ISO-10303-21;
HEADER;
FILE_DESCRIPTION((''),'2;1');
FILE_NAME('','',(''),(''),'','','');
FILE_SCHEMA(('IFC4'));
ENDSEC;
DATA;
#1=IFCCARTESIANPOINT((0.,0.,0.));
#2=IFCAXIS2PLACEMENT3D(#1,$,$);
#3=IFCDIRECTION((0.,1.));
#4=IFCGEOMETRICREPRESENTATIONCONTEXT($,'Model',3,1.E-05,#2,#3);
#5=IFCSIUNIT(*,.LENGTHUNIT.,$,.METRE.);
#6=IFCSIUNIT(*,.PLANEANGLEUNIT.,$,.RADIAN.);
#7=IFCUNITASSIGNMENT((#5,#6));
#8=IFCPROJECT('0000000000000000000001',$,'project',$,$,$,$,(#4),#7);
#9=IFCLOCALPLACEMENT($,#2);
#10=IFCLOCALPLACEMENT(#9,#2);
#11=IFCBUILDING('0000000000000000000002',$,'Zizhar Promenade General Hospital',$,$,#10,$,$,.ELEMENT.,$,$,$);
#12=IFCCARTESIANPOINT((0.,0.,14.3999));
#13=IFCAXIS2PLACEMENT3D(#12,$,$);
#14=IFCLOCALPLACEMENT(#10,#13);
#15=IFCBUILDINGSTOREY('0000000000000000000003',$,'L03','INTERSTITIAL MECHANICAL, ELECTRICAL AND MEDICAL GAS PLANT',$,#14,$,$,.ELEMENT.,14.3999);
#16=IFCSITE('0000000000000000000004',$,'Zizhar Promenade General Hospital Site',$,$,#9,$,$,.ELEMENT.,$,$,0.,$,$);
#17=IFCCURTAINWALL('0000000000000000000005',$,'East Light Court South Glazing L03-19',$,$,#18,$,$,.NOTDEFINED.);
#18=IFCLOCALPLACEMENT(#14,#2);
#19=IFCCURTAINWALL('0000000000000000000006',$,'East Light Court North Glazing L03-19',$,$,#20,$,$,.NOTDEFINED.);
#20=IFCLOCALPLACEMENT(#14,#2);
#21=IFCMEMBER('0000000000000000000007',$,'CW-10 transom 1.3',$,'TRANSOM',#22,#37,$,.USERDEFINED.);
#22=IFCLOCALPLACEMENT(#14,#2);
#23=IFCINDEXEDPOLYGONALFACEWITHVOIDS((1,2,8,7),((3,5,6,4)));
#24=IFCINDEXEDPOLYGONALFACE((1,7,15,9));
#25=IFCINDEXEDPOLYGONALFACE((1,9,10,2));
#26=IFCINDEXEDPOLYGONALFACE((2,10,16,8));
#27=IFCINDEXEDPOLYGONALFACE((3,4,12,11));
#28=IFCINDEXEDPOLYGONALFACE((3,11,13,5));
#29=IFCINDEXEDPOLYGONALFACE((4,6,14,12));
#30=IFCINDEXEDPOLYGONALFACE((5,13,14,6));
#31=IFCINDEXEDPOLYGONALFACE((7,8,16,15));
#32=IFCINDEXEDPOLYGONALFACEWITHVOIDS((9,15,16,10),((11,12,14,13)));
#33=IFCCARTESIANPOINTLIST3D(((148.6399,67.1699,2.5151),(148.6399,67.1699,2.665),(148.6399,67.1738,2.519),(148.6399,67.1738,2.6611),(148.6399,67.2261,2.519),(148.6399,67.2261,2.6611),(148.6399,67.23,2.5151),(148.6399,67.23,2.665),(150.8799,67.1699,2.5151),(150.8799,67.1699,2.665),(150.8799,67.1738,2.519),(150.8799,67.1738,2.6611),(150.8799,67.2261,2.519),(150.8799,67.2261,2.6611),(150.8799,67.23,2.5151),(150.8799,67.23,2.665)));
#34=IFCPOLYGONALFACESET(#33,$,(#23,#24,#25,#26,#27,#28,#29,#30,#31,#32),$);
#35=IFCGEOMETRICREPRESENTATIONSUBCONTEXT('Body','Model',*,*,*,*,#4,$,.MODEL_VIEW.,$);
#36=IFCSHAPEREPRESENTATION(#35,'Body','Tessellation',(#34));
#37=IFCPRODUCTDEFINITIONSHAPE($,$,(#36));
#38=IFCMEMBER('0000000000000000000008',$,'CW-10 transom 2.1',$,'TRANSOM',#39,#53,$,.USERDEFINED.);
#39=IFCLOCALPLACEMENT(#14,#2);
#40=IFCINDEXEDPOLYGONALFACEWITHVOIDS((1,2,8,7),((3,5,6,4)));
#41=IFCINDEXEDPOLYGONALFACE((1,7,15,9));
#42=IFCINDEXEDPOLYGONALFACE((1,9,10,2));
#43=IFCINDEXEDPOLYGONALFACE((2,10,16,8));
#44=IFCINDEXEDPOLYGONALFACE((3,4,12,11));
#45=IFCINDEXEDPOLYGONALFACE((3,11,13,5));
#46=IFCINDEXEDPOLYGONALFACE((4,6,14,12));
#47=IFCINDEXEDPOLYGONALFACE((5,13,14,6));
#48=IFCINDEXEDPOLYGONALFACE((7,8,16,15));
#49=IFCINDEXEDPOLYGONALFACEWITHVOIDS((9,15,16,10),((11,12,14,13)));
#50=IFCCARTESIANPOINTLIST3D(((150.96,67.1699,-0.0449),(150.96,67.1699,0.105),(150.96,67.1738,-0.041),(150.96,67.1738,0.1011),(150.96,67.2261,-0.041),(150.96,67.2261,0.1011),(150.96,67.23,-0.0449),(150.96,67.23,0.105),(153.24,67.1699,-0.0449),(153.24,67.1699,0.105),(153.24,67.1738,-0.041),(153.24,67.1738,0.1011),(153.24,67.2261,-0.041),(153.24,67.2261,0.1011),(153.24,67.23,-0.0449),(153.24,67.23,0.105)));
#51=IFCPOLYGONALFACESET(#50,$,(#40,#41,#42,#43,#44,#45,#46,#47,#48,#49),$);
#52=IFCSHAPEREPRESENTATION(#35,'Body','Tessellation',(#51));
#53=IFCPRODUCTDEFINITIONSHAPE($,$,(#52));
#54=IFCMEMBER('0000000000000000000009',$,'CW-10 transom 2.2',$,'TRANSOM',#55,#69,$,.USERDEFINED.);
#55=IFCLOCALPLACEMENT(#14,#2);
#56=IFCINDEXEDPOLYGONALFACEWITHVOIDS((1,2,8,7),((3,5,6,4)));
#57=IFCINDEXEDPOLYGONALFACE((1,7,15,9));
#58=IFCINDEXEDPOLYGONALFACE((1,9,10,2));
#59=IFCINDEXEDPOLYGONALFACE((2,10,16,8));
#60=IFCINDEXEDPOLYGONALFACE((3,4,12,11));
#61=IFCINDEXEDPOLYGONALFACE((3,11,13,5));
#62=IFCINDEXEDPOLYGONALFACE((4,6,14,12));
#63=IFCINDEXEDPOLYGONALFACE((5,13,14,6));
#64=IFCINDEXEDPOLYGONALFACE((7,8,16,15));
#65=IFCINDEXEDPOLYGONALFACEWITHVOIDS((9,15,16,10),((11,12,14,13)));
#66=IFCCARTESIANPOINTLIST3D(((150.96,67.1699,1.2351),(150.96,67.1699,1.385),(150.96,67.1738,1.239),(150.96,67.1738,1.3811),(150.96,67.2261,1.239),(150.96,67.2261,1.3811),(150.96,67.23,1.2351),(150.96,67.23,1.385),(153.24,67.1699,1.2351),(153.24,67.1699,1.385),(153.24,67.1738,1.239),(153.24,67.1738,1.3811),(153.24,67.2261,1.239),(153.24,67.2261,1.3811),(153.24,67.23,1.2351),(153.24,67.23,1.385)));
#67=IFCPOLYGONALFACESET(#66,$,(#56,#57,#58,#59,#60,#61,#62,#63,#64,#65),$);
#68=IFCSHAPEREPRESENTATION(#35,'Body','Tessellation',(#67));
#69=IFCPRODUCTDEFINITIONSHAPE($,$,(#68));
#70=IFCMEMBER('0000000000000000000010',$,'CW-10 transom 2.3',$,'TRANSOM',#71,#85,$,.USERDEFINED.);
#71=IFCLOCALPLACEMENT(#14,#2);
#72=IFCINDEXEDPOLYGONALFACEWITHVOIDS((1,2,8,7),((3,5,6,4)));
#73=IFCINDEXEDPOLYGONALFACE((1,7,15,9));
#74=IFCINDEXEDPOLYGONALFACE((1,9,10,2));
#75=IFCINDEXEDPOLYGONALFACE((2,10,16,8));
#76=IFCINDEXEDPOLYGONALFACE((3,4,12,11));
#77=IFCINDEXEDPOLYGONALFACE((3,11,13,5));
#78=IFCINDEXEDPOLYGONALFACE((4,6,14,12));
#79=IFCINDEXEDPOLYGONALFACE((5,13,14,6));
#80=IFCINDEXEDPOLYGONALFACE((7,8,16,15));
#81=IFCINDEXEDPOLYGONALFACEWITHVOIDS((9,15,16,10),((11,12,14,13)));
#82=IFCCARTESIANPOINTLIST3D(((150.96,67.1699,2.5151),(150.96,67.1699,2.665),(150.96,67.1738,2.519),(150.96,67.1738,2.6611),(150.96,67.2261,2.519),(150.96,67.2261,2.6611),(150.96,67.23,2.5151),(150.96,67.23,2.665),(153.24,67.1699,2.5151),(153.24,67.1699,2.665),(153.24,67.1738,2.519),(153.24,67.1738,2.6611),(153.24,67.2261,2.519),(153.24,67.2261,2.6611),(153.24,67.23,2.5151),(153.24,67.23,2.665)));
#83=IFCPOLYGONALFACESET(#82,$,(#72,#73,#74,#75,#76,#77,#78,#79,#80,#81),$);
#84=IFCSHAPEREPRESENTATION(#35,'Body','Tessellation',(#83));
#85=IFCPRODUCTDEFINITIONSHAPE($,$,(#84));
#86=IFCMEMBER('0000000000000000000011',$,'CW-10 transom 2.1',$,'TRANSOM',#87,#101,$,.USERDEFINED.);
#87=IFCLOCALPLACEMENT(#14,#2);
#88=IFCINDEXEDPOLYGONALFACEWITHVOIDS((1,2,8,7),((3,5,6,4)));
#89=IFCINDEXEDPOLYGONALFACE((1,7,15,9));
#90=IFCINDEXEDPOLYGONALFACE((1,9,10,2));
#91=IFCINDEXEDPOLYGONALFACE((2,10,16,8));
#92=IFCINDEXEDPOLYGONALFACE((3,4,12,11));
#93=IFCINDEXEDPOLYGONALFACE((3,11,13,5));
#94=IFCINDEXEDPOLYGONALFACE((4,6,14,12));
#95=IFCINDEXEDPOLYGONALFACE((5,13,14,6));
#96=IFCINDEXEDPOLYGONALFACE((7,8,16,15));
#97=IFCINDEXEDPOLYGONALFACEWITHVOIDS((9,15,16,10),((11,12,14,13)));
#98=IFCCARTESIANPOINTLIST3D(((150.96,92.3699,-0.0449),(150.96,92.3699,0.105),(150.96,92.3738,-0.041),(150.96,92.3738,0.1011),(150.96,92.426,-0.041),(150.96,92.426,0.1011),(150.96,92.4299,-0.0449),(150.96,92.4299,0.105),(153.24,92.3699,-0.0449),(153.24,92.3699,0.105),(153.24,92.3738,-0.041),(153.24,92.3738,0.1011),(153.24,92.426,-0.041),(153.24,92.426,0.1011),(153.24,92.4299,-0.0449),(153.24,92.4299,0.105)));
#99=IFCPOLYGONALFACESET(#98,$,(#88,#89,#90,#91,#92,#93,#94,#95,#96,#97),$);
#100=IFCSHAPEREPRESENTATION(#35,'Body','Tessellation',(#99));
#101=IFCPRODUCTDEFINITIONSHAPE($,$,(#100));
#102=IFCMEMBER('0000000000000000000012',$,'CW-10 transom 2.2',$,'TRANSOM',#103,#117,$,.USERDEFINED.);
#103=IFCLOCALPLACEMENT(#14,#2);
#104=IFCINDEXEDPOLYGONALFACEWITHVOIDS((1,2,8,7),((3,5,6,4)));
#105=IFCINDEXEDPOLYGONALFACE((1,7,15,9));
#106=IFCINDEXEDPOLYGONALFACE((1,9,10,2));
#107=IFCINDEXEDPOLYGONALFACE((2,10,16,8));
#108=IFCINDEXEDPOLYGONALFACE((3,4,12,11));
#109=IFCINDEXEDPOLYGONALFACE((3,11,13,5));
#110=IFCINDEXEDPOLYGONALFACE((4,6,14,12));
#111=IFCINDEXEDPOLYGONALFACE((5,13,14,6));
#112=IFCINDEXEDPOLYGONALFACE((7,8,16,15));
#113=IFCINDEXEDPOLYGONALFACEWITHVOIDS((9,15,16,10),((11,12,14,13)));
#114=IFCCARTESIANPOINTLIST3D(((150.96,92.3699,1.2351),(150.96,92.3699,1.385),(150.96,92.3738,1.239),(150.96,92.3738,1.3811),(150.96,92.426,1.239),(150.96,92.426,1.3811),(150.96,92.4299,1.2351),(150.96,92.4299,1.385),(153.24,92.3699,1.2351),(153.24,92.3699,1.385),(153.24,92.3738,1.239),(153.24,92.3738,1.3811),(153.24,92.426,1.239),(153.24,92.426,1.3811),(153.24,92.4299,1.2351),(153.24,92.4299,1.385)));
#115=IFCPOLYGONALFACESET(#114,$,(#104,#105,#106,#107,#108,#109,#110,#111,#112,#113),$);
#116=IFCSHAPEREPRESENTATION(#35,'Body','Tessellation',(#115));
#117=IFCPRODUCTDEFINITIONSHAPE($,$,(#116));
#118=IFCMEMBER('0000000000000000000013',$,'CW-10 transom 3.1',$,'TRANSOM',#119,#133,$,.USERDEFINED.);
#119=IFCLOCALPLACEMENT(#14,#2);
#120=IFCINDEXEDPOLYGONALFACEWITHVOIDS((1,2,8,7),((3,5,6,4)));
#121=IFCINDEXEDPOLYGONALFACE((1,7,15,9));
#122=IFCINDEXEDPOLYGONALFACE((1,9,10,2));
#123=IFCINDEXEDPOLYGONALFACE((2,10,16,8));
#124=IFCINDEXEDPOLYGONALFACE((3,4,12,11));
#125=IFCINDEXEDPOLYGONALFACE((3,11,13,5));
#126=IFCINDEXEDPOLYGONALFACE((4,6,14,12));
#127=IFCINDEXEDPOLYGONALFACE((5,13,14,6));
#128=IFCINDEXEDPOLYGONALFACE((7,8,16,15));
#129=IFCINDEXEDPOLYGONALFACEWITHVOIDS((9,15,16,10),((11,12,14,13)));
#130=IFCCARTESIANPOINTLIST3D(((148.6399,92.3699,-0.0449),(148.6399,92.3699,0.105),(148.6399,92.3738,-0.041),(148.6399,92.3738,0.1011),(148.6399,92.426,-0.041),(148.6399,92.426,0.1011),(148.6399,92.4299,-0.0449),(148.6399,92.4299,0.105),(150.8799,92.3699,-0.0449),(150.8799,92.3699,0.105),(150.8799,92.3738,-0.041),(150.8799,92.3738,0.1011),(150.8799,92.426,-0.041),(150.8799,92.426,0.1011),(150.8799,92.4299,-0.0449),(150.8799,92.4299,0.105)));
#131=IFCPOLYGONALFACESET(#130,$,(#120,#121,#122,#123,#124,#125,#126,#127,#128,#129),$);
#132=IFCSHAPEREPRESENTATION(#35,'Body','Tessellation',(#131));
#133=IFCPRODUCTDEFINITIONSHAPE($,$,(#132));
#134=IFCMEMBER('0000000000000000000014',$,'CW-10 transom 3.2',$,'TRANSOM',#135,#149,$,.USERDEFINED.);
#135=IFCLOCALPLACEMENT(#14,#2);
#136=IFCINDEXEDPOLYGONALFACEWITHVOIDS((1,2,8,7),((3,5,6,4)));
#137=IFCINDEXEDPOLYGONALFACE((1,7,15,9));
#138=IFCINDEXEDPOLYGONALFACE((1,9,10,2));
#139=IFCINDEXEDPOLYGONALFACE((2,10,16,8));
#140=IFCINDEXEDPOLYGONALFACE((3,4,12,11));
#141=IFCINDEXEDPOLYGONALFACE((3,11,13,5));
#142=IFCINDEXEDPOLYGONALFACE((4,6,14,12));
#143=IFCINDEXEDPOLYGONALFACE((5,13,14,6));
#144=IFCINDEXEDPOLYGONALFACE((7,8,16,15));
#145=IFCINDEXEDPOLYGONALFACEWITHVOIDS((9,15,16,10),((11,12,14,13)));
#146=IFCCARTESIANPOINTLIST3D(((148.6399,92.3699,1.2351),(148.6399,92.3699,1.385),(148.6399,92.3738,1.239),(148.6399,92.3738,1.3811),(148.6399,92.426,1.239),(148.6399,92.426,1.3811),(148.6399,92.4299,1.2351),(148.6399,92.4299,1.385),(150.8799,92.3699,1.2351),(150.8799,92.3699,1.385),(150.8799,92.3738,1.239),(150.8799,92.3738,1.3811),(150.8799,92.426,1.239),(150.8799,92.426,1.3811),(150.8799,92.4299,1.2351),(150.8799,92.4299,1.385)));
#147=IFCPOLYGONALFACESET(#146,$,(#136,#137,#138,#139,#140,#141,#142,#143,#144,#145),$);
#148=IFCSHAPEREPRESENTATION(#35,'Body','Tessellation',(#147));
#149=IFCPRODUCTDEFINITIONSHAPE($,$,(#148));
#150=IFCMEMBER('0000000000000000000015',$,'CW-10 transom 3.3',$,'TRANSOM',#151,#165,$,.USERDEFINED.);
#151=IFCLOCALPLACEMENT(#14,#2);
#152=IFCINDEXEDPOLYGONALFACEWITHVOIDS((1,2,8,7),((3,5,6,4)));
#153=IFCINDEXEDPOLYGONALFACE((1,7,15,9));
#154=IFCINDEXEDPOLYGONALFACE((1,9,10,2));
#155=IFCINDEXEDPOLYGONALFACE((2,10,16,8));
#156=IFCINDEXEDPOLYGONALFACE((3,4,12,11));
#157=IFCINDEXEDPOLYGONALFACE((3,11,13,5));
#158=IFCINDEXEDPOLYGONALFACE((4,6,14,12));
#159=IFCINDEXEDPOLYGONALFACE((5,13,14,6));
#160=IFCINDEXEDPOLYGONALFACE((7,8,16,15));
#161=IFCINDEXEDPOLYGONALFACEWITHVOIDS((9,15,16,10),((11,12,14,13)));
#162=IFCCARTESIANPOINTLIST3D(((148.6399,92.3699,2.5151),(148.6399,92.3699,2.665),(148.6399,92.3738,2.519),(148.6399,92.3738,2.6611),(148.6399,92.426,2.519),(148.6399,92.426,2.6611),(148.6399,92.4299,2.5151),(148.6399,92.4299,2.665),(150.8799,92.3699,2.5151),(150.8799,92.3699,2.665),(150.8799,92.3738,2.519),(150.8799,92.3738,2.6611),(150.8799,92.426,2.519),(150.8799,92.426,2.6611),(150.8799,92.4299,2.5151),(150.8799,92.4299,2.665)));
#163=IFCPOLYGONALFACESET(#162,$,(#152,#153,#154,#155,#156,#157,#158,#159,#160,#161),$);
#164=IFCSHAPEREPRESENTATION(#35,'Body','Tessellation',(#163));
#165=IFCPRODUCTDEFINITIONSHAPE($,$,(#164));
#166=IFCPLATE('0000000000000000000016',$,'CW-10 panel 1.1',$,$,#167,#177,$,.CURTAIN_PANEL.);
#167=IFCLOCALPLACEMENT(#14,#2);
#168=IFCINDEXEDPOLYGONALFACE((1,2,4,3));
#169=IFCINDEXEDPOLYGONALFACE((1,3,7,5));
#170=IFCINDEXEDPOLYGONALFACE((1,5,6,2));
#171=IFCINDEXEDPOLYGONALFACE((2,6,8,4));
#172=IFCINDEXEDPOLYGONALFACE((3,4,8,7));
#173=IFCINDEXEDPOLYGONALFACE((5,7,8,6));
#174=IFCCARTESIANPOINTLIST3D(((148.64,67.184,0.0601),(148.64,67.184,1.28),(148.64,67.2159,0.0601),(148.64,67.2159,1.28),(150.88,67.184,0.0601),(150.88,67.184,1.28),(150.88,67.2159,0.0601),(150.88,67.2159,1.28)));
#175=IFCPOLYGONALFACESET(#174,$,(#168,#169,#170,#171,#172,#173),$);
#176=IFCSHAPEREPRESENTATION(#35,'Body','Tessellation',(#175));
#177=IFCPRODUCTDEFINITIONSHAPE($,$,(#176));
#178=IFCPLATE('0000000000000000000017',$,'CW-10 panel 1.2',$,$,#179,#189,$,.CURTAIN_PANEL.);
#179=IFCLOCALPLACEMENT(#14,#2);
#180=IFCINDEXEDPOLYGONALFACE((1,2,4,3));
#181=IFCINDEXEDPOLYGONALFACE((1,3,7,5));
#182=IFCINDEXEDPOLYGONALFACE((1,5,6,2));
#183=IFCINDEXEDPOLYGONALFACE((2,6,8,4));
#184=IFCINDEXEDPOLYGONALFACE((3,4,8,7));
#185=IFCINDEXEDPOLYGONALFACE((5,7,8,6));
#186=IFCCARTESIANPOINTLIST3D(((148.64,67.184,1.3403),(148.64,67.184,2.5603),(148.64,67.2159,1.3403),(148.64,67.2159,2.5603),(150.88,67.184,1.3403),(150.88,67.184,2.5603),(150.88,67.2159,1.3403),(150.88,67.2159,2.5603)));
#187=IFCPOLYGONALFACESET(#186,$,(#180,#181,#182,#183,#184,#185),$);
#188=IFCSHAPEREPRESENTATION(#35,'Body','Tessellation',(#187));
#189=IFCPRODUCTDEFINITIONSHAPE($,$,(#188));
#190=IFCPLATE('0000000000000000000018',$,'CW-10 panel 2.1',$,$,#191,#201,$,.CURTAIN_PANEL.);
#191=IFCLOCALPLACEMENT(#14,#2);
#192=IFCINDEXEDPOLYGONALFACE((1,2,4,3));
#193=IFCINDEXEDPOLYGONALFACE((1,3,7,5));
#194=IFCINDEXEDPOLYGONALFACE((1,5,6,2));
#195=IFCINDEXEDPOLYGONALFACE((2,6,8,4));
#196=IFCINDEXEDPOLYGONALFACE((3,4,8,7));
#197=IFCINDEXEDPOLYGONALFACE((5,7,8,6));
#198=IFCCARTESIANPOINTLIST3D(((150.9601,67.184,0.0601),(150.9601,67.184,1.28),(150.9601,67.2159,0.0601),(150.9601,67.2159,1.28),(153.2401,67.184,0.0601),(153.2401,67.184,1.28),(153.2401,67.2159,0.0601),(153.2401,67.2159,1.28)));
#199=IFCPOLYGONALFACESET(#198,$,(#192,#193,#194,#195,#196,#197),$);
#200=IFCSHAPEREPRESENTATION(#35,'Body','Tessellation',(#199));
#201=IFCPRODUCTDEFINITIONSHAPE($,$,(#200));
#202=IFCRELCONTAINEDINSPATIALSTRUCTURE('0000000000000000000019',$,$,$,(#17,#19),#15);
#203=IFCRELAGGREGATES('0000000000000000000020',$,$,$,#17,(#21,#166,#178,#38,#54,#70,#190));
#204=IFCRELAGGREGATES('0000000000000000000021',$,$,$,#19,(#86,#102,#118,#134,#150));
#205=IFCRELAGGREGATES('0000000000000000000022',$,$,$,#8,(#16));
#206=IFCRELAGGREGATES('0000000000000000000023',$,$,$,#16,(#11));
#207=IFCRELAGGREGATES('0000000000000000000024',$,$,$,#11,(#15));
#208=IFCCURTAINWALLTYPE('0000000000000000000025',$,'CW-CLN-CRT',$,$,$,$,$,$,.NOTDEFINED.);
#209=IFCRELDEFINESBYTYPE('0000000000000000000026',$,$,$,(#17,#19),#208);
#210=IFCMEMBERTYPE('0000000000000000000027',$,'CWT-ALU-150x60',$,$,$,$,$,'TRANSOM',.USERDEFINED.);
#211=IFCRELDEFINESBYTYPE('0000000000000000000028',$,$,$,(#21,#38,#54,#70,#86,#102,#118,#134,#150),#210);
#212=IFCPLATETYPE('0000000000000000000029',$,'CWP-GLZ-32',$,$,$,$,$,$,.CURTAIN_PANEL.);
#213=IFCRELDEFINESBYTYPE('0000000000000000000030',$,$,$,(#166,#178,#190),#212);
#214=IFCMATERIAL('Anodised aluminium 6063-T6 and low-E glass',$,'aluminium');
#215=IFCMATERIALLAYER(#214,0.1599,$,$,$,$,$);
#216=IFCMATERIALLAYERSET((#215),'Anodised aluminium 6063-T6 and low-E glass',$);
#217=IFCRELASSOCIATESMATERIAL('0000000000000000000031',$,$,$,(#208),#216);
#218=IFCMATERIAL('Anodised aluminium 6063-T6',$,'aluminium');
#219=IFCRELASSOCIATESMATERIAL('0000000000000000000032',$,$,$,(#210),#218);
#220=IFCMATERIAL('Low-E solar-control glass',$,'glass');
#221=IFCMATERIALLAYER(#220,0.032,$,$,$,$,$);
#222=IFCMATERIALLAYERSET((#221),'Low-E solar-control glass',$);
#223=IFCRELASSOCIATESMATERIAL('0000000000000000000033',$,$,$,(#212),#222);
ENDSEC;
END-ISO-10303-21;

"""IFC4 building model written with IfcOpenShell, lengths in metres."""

from ifc_helpers import new_model, si_unit, direction, frame, origin, origin_2d, place, context, subcontext, project, spatial, rectangle, hollow_rectangle, extrude, material, layer, layer_set, material_profile, profile_set, type_object, element, aggregate, save


model = new_model("IFC4")

# Units and contexts
model_context = context("Model", 3, precision=1e-05, world=origin(), true_north=direction((0.0, 1.0)))
body_context = subcontext(model_context, "Body", "Model", "MODEL_VIEW")
ifc_project = project(units=[si_unit("LENGTHUNIT", "METRE"), si_unit("PLANEANGLEUNIT", "RADIAN")], contexts=[model_context])

# Site, building, storey
site_placement = place(None, origin())
site = spatial("IfcSite", under=ifc_project, at=site_placement, Name="Zizhar Promenade General Hospital Site", CompositionType="ELEMENT", RefElevation=0.0)
building_placement = place(site_placement, origin())
building = spatial("IfcBuilding", under=site, at=building_placement, Name="Zizhar Promenade General Hospital", CompositionType="ELEMENT")
storey_placement = place(building_placement, frame((0.0, 0.0, 14.3999)))
storey = spatial("IfcBuildingStorey", under=building, at=storey_placement, Name="L03", Description="INTERSTITIAL MECHANICAL, ELECTRICAL AND MEDICAL GAS PLANT", CompositionType="ELEMENT", Elevation=14.3999)

# Curtain walls
ifc_material_1 = material(Name="Anodised aluminium 6063-T6 and low-E glass", Category="aluminium")
ifc_layer_1 = layer(ifc_material_1, 0.1599)
ifc_layer_set_1 = layer_set([ifc_layer_1], Name="Anodised aluminium 6063-T6 and low-E glass")
curtain_wall_type = type_object("IfcCurtainWallType", Name="CW-CLN-CRT", PredefinedType="NOTDEFINED", material=ifc_layer_set_1)
curtain_wall_1_placement = place(storey_placement, origin())
curtain_wall_1 = element("IfcCurtainWall", 1, at=curtain_wall_1_placement, inside=storey, type_object=curtain_wall_type, Name="East Light Court South Glazing L03-19", PredefinedType="NOTDEFINED")
curtain_wall_2_placement = place(storey_placement, origin())
curtain_wall_2 = element("IfcCurtainWall", 2, at=curtain_wall_2_placement, inside=storey, type_object=curtain_wall_type, Name="East Light Court North Glazing L03-19", PredefinedType="NOTDEFINED")

# Members
ifc_material_2 = material(Name="Anodised aluminium 6063-T6", Category="aluminium")
ifc_material_profile_1 = material_profile(ifc_material_2, hollow_rectangle(XDim=0.0601, YDim=0.1499, WallThickness=0.0039, at=origin_2d()))
ifc_profile_set_1 = profile_set([ifc_material_profile_1], Name="Anodised aluminium 6063-T6")
member_type_1 = type_object("IfcMemberType", Name="CWT-ALU-150x60", ElementType="TRANSOM", PredefinedType="USERDEFINED", material=ifc_profile_set_1)
member_1_placement = place(storey_placement, frame((148.6399, 67.2, 2.5901), z_axis=(1.0, 0.0, 0.0), x_axis=(0.0, 1.0, 0.0)))
member_1 = element("IfcMember", 3, at=member_1_placement, type_object=member_type_1, Name="CW-10 transom 1.3", ObjectType="TRANSOM", PredefinedType="USERDEFINED", context=body_context, shape_type="SweptSolid", body=[
    extrude(hollow_rectangle(XDim=0.0601, YDim=0.1499, WallThickness=0.0039, at=origin_2d()), origin(), (0.0, 0.0, 1.0), 2.24),
])
member_2_placement = place(storey_placement, frame((150.96, 67.2, 0.03), z_axis=(1.0, 0.0, 0.0), x_axis=(0.0, 1.0, 0.0)))
member_2 = element("IfcMember", 4, at=member_2_placement, type_object=member_type_1, Name="CW-10 transom 2.1", ObjectType="TRANSOM", PredefinedType="USERDEFINED", context=body_context, shape_type="SweptSolid", body=[
    extrude(hollow_rectangle(XDim=0.0601, YDim=0.1499, WallThickness=0.0039, at=origin_2d()), origin(), (0.0, 0.0, 1.0), 2.28),
])
member_3_placement = place(storey_placement, frame((150.96, 67.2, 1.3101), z_axis=(1.0, 0.0, 0.0), x_axis=(0.0, 1.0, 0.0)))
member_3 = element("IfcMember", 5, at=member_3_placement, type_object=member_type_1, Name="CW-10 transom 2.2", ObjectType="TRANSOM", PredefinedType="USERDEFINED", context=body_context, shape_type="SweptSolid", body=[
    extrude(hollow_rectangle(XDim=0.0601, YDim=0.1499, WallThickness=0.0039, at=origin_2d()), origin(), (0.0, 0.0, 1.0), 2.28),
])
member_4_placement = place(storey_placement, frame((150.96, 67.2, 2.5901), z_axis=(1.0, 0.0, 0.0), x_axis=(0.0, 1.0, 0.0)))
member_4 = element("IfcMember", 6, at=member_4_placement, type_object=member_type_1, Name="CW-10 transom 2.3", ObjectType="TRANSOM", PredefinedType="USERDEFINED", context=body_context, shape_type="SweptSolid", body=[
    extrude(hollow_rectangle(XDim=0.0601, YDim=0.1499, WallThickness=0.0039, at=origin_2d()), origin(), (0.0, 0.0, 1.0), 2.28),
])
member_5_placement = place(storey_placement, frame((153.24, 92.3999, 0.03), z_axis=(-1.0, 0.0, 0.0), x_axis=(0.0, -1.0, 0.0)))
member_5 = element("IfcMember", 7, at=member_5_placement, type_object=member_type_1, Name="CW-10 transom 2.1", ObjectType="TRANSOM", PredefinedType="USERDEFINED", context=body_context, shape_type="SweptSolid", body=[
    extrude(hollow_rectangle(XDim=0.0601, YDim=0.1499, WallThickness=0.0039, at=origin_2d()), origin(), (0.0, 0.0, 1.0), 2.28),
])
member_6_placement = place(storey_placement, frame((153.24, 92.3999, 1.3101), z_axis=(-1.0, 0.0, 0.0), x_axis=(0.0, -1.0, 0.0)))
member_6 = element("IfcMember", 8, at=member_6_placement, type_object=member_type_1, Name="CW-10 transom 2.2", ObjectType="TRANSOM", PredefinedType="USERDEFINED", context=body_context, shape_type="SweptSolid", body=[
    extrude(hollow_rectangle(XDim=0.0601, YDim=0.1499, WallThickness=0.0039, at=origin_2d()), origin(), (0.0, 0.0, 1.0), 2.28),
])
member_7_placement = place(storey_placement, frame((150.8799, 92.3999, 0.03), z_axis=(-1.0, 0.0, 0.0), x_axis=(0.0, -1.0, 0.0)))
member_7 = element("IfcMember", 9, at=member_7_placement, type_object=member_type_1, Name="CW-10 transom 3.1", ObjectType="TRANSOM", PredefinedType="USERDEFINED", context=body_context, shape_type="SweptSolid", body=[
    extrude(hollow_rectangle(XDim=0.0601, YDim=0.1499, WallThickness=0.0039, at=origin_2d()), origin(), (0.0, 0.0, 1.0), 2.24),
])
member_8_placement = place(storey_placement, frame((150.8799, 92.3999, 1.3101), z_axis=(-1.0, 0.0, 0.0), x_axis=(0.0, -1.0, 0.0)))
member_8 = element("IfcMember", 10, at=member_8_placement, type_object=member_type_1, Name="CW-10 transom 3.2", ObjectType="TRANSOM", PredefinedType="USERDEFINED", context=body_context, shape_type="SweptSolid", body=[
    extrude(hollow_rectangle(XDim=0.0601, YDim=0.1499, WallThickness=0.0039, at=origin_2d()), origin(), (0.0, 0.0, 1.0), 2.24),
])
member_9_placement = place(storey_placement, frame((150.8799, 92.3999, 2.5901), z_axis=(-1.0, 0.0, 0.0), x_axis=(0.0, -1.0, 0.0)))
member_9 = element("IfcMember", 11, at=member_9_placement, type_object=member_type_1, Name="CW-10 transom 3.3", ObjectType="TRANSOM", PredefinedType="USERDEFINED", context=body_context, shape_type="SweptSolid", body=[
    extrude(hollow_rectangle(XDim=0.0601, YDim=0.1499, WallThickness=0.0039, at=origin_2d()), origin(), (0.0, 0.0, 1.0), 2.24),
])

# Plates
ifc_material_3 = material(Name="Low-E solar-control glass", Category="glass")
ifc_layer_2 = layer(ifc_material_3, 0.032)
ifc_layer_set_2 = layer_set([ifc_layer_2], Name="Low-E solar-control glass")
plate_type = type_object("IfcPlateType", Name="CWP-GLZ-32", PredefinedType="CURTAIN_PANEL", material=ifc_layer_set_2)
plate_1_placement = place(storey_placement, frame((149.76, 67.2, 0.0601), z_axis=(0.0, 0.0, 1.0), x_axis=(1.0, 0.0, 0.0)))
plate_1 = element("IfcPlate", 12, at=plate_1_placement, type_object=plate_type, Name="CW-10 panel 1.1", PredefinedType="CURTAIN_PANEL", context=body_context, shape_type="SweptSolid", body=[
    extrude(rectangle(XDim=2.24, YDim=0.032, at=origin_2d()), origin(), (0.0, 0.0, 1.0), 1.22),
])
plate_2_placement = place(storey_placement, frame((149.76, 67.2, 1.3403), z_axis=(0.0, 0.0, 1.0), x_axis=(1.0, 0.0, 0.0)))
plate_2 = element("IfcPlate", 13, at=plate_2_placement, type_object=plate_type, Name="CW-10 panel 1.2", PredefinedType="CURTAIN_PANEL", context=body_context, shape_type="SweptSolid", body=[
    extrude(rectangle(XDim=2.24, YDim=0.032, at=origin_2d()), origin(), (0.0, 0.0, 1.0), 1.22),
])
plate_3_placement = place(storey_placement, frame((152.1001, 67.2, 0.0601), z_axis=(0.0, 0.0, 1.0), x_axis=(1.0, 0.0, 0.0)))
plate_3 = element("IfcPlate", 14, at=plate_3_placement, type_object=plate_type, Name="CW-10 panel 2.1", PredefinedType="CURTAIN_PANEL", context=body_context, shape_type="SweptSolid", body=[
    extrude(rectangle(XDim=2.28, YDim=0.032, at=origin_2d()), origin(), (0.0, 0.0, 1.0), 1.22),
])
aggregate(curtain_wall_1, [member_1, plate_1, plate_2, member_2, member_3, member_4, plate_3])
aggregate(curtain_wall_2, [member_5, member_6, member_7, member_8, member_9])

save(model, "model.ifc")
